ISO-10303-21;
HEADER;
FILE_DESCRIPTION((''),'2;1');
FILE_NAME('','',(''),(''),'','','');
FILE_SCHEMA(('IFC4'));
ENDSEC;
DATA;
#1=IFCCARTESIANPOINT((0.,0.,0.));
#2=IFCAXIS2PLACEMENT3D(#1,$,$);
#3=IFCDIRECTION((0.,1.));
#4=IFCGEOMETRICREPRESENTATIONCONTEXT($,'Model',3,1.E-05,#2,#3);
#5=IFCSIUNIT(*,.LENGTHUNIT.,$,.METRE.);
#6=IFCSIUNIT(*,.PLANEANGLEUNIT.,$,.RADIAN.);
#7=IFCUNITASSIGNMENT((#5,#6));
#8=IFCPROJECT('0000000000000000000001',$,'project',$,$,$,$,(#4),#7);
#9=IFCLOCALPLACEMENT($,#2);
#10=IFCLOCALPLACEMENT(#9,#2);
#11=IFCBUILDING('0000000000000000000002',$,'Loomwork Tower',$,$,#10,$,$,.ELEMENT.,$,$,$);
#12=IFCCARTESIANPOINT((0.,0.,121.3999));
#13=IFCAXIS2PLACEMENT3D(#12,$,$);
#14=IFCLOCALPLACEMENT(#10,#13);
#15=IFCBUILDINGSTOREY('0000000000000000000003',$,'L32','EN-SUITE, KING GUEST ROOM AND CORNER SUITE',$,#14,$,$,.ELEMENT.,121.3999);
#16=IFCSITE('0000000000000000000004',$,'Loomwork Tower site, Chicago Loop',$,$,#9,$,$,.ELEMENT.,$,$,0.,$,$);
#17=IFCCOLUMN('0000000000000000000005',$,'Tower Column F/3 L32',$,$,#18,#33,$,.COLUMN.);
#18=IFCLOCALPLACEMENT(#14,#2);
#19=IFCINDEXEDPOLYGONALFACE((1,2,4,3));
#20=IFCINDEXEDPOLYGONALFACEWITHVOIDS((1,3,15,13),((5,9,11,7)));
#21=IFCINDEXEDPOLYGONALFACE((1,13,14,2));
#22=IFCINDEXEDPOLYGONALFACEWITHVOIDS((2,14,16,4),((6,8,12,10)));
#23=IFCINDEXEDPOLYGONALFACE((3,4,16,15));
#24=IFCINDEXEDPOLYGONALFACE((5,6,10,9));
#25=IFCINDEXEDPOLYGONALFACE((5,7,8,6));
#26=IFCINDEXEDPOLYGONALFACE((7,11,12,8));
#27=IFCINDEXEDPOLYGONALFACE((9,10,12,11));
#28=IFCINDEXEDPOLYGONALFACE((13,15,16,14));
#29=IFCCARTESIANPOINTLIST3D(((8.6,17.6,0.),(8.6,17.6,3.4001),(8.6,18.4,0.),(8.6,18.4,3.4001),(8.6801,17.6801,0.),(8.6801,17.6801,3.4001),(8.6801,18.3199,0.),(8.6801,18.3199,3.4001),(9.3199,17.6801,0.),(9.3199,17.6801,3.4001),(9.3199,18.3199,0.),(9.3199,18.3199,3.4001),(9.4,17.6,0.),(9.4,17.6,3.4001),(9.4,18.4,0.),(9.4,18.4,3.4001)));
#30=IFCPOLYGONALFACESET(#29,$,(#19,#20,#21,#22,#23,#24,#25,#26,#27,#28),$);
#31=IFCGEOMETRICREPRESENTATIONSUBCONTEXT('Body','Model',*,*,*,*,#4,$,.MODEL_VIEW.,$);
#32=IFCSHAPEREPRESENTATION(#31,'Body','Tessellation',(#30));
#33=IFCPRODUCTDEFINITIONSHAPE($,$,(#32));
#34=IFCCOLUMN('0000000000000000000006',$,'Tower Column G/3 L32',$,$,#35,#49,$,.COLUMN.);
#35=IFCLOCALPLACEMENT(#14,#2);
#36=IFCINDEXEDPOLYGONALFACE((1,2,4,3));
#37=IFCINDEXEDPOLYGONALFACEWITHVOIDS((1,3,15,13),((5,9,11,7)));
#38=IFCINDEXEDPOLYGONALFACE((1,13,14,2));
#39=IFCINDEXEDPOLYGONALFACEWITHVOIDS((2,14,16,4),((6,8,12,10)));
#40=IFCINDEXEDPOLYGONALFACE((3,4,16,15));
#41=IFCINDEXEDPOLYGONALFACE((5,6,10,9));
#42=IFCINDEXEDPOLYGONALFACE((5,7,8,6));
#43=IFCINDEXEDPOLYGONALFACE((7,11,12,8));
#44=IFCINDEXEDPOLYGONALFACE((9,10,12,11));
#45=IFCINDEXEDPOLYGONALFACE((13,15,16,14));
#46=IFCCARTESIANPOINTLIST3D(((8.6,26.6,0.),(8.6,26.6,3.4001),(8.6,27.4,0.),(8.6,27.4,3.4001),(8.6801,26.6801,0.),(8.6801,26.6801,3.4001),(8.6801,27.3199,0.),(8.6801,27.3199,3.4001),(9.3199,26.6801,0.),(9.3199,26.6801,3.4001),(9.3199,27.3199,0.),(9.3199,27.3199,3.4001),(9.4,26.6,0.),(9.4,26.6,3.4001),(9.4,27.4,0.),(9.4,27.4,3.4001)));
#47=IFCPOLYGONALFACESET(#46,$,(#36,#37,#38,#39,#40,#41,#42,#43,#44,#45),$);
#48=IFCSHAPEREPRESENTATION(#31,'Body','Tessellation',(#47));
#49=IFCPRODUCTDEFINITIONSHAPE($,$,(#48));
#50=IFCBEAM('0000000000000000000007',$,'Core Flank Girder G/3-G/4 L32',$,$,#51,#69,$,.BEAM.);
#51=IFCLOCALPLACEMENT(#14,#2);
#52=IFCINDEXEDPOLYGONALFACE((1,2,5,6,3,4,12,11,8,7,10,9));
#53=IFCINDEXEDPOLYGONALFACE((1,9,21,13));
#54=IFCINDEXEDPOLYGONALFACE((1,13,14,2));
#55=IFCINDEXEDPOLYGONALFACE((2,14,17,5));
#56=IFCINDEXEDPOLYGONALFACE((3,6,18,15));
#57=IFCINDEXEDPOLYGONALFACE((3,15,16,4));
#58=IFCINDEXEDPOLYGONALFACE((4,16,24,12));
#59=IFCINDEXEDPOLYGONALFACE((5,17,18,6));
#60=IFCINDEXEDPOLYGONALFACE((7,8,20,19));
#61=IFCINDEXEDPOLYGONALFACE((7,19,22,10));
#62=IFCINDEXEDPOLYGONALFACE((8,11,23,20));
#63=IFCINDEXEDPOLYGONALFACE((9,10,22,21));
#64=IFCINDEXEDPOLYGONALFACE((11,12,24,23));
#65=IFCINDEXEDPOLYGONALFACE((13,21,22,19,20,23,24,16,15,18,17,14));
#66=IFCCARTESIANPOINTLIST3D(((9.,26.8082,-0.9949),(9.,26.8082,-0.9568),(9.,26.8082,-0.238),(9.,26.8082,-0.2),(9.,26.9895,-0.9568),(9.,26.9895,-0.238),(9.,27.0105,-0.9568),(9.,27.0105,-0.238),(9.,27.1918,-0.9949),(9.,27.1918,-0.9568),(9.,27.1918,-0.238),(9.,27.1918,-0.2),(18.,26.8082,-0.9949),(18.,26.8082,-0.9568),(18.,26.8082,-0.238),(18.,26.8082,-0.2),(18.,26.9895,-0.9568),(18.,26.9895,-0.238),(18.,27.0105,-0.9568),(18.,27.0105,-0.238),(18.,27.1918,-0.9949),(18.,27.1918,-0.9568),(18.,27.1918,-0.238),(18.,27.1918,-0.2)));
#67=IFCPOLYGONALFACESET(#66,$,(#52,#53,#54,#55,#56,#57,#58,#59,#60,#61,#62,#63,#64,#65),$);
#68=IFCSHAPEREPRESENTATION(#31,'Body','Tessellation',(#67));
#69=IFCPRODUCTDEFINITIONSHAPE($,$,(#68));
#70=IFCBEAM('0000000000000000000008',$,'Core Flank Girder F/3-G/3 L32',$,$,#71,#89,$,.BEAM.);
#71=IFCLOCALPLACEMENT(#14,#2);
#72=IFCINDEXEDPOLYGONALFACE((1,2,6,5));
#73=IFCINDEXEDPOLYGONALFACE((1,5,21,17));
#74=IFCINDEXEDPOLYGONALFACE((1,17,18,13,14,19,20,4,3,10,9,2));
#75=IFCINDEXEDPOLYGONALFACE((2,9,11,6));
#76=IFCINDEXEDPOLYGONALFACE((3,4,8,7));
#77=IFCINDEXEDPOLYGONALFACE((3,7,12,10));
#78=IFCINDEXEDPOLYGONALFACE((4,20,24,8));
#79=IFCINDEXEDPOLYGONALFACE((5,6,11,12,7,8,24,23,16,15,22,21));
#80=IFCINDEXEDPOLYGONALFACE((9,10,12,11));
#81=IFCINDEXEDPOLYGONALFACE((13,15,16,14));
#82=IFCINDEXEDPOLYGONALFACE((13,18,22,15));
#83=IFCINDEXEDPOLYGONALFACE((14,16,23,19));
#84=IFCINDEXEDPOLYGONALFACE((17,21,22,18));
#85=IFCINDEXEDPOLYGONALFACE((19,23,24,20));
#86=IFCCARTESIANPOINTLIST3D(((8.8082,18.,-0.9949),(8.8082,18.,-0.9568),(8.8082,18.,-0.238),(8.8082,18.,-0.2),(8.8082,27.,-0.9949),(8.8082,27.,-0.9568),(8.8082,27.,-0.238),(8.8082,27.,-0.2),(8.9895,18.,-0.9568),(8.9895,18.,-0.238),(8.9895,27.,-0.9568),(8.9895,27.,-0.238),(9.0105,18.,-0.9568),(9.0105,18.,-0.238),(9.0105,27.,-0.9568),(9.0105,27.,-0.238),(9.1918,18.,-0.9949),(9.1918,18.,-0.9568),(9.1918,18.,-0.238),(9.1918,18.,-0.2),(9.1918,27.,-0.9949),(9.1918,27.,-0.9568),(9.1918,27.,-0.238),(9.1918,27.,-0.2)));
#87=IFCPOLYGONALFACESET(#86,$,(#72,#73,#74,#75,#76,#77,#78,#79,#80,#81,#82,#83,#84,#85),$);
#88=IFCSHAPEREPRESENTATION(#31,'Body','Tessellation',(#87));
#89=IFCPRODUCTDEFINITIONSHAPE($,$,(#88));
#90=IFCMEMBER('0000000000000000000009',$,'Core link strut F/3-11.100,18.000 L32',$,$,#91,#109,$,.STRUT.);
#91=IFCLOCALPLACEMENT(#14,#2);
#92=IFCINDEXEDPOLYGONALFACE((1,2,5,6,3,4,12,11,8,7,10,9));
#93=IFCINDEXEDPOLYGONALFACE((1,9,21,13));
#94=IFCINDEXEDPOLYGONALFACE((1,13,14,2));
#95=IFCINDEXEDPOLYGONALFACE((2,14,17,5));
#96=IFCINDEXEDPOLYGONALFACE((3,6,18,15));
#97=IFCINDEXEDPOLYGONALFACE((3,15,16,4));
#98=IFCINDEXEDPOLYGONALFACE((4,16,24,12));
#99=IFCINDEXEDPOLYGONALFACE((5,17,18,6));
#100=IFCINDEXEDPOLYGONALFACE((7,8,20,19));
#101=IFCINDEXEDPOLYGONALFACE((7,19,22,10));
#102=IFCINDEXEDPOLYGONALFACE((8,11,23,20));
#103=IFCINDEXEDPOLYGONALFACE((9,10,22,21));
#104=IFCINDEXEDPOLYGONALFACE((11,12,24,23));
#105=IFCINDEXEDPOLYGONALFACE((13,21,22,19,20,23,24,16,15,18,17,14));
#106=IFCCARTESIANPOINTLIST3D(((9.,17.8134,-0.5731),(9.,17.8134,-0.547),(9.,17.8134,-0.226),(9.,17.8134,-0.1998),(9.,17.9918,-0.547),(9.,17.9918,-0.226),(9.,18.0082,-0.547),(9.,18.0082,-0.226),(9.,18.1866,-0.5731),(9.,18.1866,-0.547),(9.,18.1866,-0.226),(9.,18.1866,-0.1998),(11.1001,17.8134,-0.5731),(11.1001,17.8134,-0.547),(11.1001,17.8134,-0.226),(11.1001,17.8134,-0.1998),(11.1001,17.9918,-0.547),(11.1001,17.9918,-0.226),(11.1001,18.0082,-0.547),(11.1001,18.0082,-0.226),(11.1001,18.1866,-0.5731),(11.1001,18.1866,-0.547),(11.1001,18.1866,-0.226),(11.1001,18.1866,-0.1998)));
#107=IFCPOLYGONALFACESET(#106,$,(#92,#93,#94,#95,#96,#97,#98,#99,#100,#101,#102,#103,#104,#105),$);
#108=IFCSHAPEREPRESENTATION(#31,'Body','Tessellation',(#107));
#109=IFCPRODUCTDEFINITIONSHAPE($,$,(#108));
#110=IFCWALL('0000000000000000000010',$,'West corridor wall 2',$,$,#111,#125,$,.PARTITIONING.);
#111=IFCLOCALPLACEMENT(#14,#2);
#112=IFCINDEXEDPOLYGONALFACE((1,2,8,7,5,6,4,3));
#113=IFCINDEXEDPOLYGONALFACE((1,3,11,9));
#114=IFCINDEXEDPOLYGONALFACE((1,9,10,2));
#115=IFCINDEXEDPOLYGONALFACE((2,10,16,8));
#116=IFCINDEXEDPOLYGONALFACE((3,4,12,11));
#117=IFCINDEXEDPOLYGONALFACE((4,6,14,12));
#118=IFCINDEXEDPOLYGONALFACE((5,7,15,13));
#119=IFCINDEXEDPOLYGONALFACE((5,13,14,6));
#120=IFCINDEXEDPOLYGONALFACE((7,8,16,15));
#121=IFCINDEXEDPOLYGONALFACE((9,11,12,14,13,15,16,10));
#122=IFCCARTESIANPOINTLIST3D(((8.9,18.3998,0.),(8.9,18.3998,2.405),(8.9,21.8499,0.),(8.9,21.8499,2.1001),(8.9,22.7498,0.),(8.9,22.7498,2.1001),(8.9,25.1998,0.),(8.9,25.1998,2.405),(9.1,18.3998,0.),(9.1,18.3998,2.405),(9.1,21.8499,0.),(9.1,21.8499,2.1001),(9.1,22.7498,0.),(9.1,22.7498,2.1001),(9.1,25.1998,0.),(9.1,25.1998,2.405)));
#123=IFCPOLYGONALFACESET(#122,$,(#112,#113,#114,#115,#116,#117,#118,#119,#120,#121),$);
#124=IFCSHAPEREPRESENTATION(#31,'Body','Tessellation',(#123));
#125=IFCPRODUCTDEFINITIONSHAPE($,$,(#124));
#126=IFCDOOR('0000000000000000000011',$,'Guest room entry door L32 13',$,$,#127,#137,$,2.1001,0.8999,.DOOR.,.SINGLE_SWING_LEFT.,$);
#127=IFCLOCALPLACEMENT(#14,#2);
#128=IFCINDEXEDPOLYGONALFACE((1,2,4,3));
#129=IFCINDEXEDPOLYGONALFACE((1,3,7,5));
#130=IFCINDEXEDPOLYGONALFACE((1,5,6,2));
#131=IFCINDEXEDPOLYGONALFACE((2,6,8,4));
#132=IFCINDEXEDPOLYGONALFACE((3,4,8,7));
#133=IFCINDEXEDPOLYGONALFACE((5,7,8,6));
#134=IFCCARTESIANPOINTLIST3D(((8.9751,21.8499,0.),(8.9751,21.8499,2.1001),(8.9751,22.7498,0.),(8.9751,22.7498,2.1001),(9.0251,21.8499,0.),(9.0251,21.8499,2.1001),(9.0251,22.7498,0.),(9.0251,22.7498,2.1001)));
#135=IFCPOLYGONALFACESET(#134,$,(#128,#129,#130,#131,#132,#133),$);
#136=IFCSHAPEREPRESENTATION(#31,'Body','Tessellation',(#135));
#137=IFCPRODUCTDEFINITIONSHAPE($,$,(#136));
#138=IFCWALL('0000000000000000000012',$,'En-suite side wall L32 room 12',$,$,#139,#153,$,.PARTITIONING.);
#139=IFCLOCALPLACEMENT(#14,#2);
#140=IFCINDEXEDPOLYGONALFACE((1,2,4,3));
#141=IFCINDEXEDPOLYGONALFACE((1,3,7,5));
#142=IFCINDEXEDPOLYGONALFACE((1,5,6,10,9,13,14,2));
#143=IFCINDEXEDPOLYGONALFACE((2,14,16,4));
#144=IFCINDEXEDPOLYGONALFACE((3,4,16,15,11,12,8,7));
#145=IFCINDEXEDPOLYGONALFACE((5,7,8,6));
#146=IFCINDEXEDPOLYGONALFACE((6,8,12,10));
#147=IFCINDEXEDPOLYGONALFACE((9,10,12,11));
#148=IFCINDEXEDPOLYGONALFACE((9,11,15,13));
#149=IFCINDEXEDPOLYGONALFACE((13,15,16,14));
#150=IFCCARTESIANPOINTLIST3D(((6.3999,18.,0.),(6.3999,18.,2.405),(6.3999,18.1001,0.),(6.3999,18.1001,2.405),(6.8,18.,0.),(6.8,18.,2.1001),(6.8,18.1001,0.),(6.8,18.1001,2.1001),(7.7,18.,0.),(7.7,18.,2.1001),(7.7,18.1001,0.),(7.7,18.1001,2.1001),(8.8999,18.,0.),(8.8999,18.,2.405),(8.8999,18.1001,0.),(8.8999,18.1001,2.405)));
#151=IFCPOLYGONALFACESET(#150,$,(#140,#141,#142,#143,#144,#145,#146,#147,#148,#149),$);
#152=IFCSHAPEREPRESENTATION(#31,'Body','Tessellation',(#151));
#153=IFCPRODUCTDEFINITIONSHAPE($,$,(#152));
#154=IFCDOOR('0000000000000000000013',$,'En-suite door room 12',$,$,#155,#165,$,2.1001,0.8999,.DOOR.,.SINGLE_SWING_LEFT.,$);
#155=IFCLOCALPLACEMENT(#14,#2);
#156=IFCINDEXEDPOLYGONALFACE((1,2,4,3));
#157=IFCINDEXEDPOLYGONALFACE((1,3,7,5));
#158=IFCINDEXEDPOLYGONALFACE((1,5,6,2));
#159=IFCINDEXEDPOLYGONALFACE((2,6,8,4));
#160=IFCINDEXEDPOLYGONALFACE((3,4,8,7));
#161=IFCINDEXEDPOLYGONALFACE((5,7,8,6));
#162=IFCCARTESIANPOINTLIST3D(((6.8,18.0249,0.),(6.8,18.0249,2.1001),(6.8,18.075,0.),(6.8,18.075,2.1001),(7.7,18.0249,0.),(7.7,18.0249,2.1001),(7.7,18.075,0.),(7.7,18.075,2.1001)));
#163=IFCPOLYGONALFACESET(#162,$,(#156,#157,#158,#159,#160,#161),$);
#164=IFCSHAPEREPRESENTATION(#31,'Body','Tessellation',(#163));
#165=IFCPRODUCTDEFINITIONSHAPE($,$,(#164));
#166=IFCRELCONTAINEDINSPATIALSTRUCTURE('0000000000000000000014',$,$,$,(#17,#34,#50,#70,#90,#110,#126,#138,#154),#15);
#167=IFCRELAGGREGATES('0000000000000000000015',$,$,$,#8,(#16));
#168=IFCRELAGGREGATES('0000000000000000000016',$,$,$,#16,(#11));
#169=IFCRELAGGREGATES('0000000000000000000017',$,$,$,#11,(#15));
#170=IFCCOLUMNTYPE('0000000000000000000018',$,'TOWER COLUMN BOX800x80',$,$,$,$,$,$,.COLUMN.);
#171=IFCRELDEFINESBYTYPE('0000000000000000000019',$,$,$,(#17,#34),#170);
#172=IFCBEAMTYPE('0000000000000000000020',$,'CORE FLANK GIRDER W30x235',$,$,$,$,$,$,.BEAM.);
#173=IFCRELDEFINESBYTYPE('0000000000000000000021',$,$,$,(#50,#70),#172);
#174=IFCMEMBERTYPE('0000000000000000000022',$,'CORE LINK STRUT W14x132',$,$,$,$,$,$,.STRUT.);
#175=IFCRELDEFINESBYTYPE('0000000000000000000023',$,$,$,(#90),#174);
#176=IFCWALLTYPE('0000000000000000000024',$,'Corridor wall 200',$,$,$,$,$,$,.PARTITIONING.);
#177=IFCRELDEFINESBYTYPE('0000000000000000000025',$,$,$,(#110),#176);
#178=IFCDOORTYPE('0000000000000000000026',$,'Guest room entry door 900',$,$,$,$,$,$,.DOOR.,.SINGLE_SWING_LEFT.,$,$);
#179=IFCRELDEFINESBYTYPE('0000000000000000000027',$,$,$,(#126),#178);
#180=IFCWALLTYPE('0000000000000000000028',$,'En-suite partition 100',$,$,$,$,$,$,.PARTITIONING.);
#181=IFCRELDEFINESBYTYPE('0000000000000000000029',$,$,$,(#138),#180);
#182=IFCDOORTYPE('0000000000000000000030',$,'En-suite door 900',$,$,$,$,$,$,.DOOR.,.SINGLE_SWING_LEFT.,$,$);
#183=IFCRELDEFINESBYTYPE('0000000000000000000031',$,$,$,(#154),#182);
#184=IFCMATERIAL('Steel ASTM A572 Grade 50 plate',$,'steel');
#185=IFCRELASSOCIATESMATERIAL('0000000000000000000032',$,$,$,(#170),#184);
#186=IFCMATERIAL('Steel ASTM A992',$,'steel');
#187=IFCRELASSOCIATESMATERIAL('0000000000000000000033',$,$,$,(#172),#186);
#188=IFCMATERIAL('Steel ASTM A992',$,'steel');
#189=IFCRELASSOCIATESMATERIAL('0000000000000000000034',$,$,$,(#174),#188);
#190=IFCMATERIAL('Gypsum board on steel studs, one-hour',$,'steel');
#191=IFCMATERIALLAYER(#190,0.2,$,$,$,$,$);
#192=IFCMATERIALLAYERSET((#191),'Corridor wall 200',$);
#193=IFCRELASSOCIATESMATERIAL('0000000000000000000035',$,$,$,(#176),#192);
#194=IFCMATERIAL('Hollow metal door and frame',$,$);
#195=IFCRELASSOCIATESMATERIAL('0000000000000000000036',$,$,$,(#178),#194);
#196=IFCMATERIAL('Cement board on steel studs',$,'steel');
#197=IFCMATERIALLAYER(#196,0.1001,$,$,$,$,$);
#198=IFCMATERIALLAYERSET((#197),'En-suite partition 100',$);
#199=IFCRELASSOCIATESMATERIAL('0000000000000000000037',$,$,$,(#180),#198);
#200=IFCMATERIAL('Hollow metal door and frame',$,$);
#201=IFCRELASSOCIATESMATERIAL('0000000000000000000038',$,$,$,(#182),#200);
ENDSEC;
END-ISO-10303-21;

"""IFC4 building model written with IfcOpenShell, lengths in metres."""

from ifc_helpers import new_model, si_unit, direction, frame, frame_2d, origin, origin_2d, place, context, subcontext, project, spatial, rectangle, hollow_rectangle, i_section, extrude, material, layer, layer_set, material_profile, profile_set, type_object, element, fill, save


model = new_model("IFC4")

# Units and contexts
model_context = context("Model", 3, precision=1e-05, world=origin(), true_north=direction((0.0, 1.0)))
body_context = subcontext(model_context, "Body", "Model", "MODEL_VIEW")
ifc_project = project(units=[si_unit("LENGTHUNIT", "METRE"), si_unit("PLANEANGLEUNIT", "RADIAN")], contexts=[model_context])

# Site, building, storey
site_placement = place(None, origin())
site = spatial("IfcSite", under=ifc_project, at=site_placement, Name="Loomwork Tower site, Chicago Loop", CompositionType="ELEMENT", RefElevation=0.0)
building_placement = place(site_placement, origin())
building = spatial("IfcBuilding", under=site, at=building_placement, Name="Loomwork Tower", CompositionType="ELEMENT")
storey_placement = place(building_placement, frame((0.0, 0.0, 121.3999)))
storey = spatial("IfcBuildingStorey", under=building, at=storey_placement, Name="L32", Description="EN-SUITE, KING GUEST ROOM AND CORNER SUITE", CompositionType="ELEMENT", Elevation=121.3999)

# Columns
ifc_material_1 = material(Name="Steel ASTM A572 Grade 50 plate", Category="steel")
ifc_material_profile_1 = material_profile(ifc_material_1, hollow_rectangle(XDim=0.8, YDim=0.8, WallThickness=0.0801, at=origin_2d()), Name="BOX800x80")
ifc_profile_set_1 = profile_set([ifc_material_profile_1], Name="Steel ASTM A572 Grade 50 plate")
column_type = type_object("IfcColumnType", Name="TOWER COLUMN BOX800x80", PredefinedType="COLUMN", material=ifc_profile_set_1)
for number, where, z_axis, x_axis, name in (
    (1, (9.0, 18.0, 0.0), (0.0, 0.0, 1.0), (1.0, 0.0, 0.0), "Tower Column F/3 L32"),
    (2, (9.0, 27.0, 0.0), (0.0, 0.0, 1.0), (1.0, 0.0, 0.0), "Tower Column G/3 L32"),
):
    element("IfcColumn", number, at=place(storey_placement, frame(where, z_axis=z_axis, x_axis=x_axis)), inside=storey, type_object=column_type, Name=name, PredefinedType="COLUMN", context=body_context, shape_type="SweptSolid", body=[
        extrude(hollow_rectangle(XDim=0.8, YDim=0.8, WallThickness=0.0801, at=origin_2d()), origin(), (0.0, 0.0, 1.0), 3.4001),
    ])

# Beams
ifc_material_2 = material(Name="Steel ASTM A992", Category="steel")
ifc_material_profile_2 = material_profile(ifc_material_2, i_section(OverallWidth=0.3835, OverallDepth=0.7949, WebThickness=0.021, FlangeThickness=0.0381, at=origin_2d()), Name="W30x235")
ifc_profile_set_2 = profile_set([ifc_material_profile_2], Name="Steel ASTM A992")
beam_type = type_object("IfcBeamType", Name="CORE FLANK GIRDER W30x235", PredefinedType="BEAM", material=ifc_profile_set_2)
for number, where, z_axis, x_axis, name in (
    (3, (9.0, 27.0, -0.5974), (1.0, 0.0, 0.0), (0.0, 1.0, 0.0), "Core Flank Girder G/3-G/4 L32"),
    (4, (9.0, 18.0, -0.5974), (0.0, 1.0, 0.0), (-1.0, 0.0, 0.0), "Core Flank Girder F/3-G/3 L32"),
):
    element("IfcBeam", number, at=place(storey_placement, frame(where, z_axis=z_axis, x_axis=x_axis)), inside=storey, type_object=beam_type, Name=name, PredefinedType="BEAM", context=body_context, shape_type="SweptSolid", body=[
        extrude(i_section(OverallWidth=0.3835, OverallDepth=0.7949, WebThickness=0.021, FlangeThickness=0.0381, at=origin_2d()), origin(), (0.0, 0.0, 1.0), 9.0),
    ])

# Member
ifc_material_3 = material(Name="Steel ASTM A992", Category="steel")
ifc_material_profile_3 = material_profile(ifc_material_3, i_section(OverallWidth=0.3733, OverallDepth=0.3733, WebThickness=0.0164, FlangeThickness=0.0261, at=origin_2d()), Name="W14x132")
ifc_profile_set_3 = profile_set([ifc_material_profile_3], Name="Steel ASTM A992")
member_type = type_object("IfcMemberType", Name="CORE LINK STRUT W14x132", PredefinedType="STRUT", material=ifc_profile_set_3)
member_placement = place(storey_placement, frame((9.0, 18.0, -0.3865), z_axis=(1.0, 0.0, 0.0), x_axis=(0.0, 1.0, 0.0)))
element("IfcMember", 5, at=member_placement, inside=storey, type_object=member_type, Name="Core link strut F/3-11.100,18.000 L32", PredefinedType="STRUT", context=body_context, shape_type="SweptSolid", body=[
    extrude(i_section(OverallWidth=0.3733, OverallDepth=0.3733, WebThickness=0.0164, FlangeThickness=0.0261, at=origin_2d()), origin(), (0.0, 0.0, 1.0), 2.1001),
])

# Walls, openings, doors
ifc_material_4 = material(Name="Gypsum board on steel studs, one-hour", Category="steel")
ifc_layer_1 = layer(ifc_material_4, 0.2)
ifc_layer_set_1 = layer_set([ifc_layer_1], Name="Corridor wall 200")
wall_type_1 = type_object("IfcWallType", Name="Corridor wall 200", PredefinedType="PARTITIONING", material=ifc_layer_set_1)
wall_1_placement = place(storey_placement, frame((9.0, 18.3999, 0.0), z_axis=(0.0, 0.0, 1.0), x_axis=(0.0, 1.0, 0.0)))
wall_1 = element("IfcWall", 6, at=wall_1_placement, inside=storey, type_object=wall_type_1, Name="West corridor wall 2", PredefinedType="PARTITIONING", context=body_context, shape_type="SweptSolid", body=[
    extrude(rectangle(XDim=6.8, YDim=0.2, at=frame_2d((3.3999, 0.0))), origin(), (0.0, 0.0, 1.0), 2.405),
])
opening_1_placement = place(wall_1_placement, frame((3.45, 0.0, 0.0)))
opening_1 = element("IfcOpeningElement", 7, at=opening_1_placement, cuts=wall_1, PredefinedType="OPENING", context=body_context, shape_type="SweptSolid", body=[
    extrude(rectangle(XDim=0.8999, YDim=2.1001, at=frame_2d((0.45, 1.05))), frame((0.0, 0.1099, 0.0), z_axis=(0.0, -1.0, 0.0), x_axis=(1.0, 0.0, 0.0)), (0.0, 0.0, 1.0), 0.22),
])
ifc_material_5 = material(Name="Hollow metal door and frame")
door_type_1 = type_object("IfcDoorType", Name="Guest room entry door 900", OperationType="SINGLE_SWING_LEFT", PredefinedType="DOOR", material=ifc_material_5)
door_1_placement = place(opening_1_placement, origin())
door_1 = element("IfcDoor", 8, at=door_1_placement, inside=storey, type_object=door_type_1, Name="Guest room entry door L32 13", OperationType="SINGLE_SWING_LEFT", OverallHeight=2.1001, OverallWidth=0.8999, PredefinedType="DOOR", context=body_context, shape_type="SweptSolid", body=[
    extrude(rectangle(XDim=0.8999, YDim=2.1001, at=frame_2d((0.45, 1.05))), frame((0.0, 0.0249, 0.0), z_axis=(0.0, -1.0, 0.0), x_axis=(1.0, 0.0, 0.0)), (0.0, 0.0, 1.0), 0.05),
])
fill(opening_1, door_1)
ifc_material_6 = material(Name="Cement board on steel studs", Category="steel")
ifc_layer_2 = layer(ifc_material_6, 0.1001)
ifc_layer_set_2 = layer_set([ifc_layer_2], Name="En-suite partition 100")
wall_type_2 = type_object("IfcWallType", Name="En-suite partition 100", PredefinedType="PARTITIONING", material=ifc_layer_set_2)
wall_2_placement = place(storey_placement, frame((8.8999, 18.05, 0.0), z_axis=(0.0, 0.0, 1.0), x_axis=(-1.0, 0.0, 0.0)))
wall_2 = element("IfcWall", 9, at=wall_2_placement, inside=storey, type_object=wall_type_2, Name="En-suite side wall L32 room 12", PredefinedType="PARTITIONING", context=body_context, shape_type="SweptSolid", body=[
    extrude(rectangle(XDim=2.5, YDim=0.1001, at=frame_2d((1.25, 0.0))), origin(), (0.0, 0.0, 1.0), 2.405),
])
opening_2_placement = place(wall_2_placement, frame((1.2, 0.0, 0.0)))
opening_2 = element("IfcOpeningElement", 10, at=opening_2_placement, cuts=wall_2, PredefinedType="OPENING", context=body_context, shape_type="SweptSolid", body=[
    extrude(rectangle(XDim=0.8999, YDim=2.1001, at=frame_2d((0.45, 1.05))), frame((0.0, 0.0601, 0.0), z_axis=(0.0, -1.0, 0.0), x_axis=(1.0, 0.0, 0.0)), (0.0, 0.0, 1.0), 0.1201),
])
ifc_material_7 = material(Name="Hollow metal door and frame")
door_type_2 = type_object("IfcDoorType", Name="En-suite door 900", OperationType="SINGLE_SWING_LEFT", PredefinedType="DOOR", material=ifc_material_7)
door_2_placement = place(opening_2_placement, frame((0.8999, 0.0, 0.0), z_axis=(0.0, 0.0, 1.0), x_axis=(-1.0, 0.0, 0.0)))
door_2 = element("IfcDoor", 11, at=door_2_placement, inside=storey, type_object=door_type_2, Name="En-suite door room 12", OperationType="SINGLE_SWING_LEFT", OverallHeight=2.1001, OverallWidth=0.8999, PredefinedType="DOOR", context=body_context, shape_type="SweptSolid", body=[
    extrude(rectangle(XDim=0.8999, YDim=2.1001, at=frame_2d((0.45, 1.05))), frame((0.0, 0.0249, 0.0), z_axis=(0.0, -1.0, 0.0), x_axis=(1.0, 0.0, 0.0)), (0.0, 0.0, 1.0), 0.05),
])
fill(opening_2, door_2)

save(model, "model.ifc")
